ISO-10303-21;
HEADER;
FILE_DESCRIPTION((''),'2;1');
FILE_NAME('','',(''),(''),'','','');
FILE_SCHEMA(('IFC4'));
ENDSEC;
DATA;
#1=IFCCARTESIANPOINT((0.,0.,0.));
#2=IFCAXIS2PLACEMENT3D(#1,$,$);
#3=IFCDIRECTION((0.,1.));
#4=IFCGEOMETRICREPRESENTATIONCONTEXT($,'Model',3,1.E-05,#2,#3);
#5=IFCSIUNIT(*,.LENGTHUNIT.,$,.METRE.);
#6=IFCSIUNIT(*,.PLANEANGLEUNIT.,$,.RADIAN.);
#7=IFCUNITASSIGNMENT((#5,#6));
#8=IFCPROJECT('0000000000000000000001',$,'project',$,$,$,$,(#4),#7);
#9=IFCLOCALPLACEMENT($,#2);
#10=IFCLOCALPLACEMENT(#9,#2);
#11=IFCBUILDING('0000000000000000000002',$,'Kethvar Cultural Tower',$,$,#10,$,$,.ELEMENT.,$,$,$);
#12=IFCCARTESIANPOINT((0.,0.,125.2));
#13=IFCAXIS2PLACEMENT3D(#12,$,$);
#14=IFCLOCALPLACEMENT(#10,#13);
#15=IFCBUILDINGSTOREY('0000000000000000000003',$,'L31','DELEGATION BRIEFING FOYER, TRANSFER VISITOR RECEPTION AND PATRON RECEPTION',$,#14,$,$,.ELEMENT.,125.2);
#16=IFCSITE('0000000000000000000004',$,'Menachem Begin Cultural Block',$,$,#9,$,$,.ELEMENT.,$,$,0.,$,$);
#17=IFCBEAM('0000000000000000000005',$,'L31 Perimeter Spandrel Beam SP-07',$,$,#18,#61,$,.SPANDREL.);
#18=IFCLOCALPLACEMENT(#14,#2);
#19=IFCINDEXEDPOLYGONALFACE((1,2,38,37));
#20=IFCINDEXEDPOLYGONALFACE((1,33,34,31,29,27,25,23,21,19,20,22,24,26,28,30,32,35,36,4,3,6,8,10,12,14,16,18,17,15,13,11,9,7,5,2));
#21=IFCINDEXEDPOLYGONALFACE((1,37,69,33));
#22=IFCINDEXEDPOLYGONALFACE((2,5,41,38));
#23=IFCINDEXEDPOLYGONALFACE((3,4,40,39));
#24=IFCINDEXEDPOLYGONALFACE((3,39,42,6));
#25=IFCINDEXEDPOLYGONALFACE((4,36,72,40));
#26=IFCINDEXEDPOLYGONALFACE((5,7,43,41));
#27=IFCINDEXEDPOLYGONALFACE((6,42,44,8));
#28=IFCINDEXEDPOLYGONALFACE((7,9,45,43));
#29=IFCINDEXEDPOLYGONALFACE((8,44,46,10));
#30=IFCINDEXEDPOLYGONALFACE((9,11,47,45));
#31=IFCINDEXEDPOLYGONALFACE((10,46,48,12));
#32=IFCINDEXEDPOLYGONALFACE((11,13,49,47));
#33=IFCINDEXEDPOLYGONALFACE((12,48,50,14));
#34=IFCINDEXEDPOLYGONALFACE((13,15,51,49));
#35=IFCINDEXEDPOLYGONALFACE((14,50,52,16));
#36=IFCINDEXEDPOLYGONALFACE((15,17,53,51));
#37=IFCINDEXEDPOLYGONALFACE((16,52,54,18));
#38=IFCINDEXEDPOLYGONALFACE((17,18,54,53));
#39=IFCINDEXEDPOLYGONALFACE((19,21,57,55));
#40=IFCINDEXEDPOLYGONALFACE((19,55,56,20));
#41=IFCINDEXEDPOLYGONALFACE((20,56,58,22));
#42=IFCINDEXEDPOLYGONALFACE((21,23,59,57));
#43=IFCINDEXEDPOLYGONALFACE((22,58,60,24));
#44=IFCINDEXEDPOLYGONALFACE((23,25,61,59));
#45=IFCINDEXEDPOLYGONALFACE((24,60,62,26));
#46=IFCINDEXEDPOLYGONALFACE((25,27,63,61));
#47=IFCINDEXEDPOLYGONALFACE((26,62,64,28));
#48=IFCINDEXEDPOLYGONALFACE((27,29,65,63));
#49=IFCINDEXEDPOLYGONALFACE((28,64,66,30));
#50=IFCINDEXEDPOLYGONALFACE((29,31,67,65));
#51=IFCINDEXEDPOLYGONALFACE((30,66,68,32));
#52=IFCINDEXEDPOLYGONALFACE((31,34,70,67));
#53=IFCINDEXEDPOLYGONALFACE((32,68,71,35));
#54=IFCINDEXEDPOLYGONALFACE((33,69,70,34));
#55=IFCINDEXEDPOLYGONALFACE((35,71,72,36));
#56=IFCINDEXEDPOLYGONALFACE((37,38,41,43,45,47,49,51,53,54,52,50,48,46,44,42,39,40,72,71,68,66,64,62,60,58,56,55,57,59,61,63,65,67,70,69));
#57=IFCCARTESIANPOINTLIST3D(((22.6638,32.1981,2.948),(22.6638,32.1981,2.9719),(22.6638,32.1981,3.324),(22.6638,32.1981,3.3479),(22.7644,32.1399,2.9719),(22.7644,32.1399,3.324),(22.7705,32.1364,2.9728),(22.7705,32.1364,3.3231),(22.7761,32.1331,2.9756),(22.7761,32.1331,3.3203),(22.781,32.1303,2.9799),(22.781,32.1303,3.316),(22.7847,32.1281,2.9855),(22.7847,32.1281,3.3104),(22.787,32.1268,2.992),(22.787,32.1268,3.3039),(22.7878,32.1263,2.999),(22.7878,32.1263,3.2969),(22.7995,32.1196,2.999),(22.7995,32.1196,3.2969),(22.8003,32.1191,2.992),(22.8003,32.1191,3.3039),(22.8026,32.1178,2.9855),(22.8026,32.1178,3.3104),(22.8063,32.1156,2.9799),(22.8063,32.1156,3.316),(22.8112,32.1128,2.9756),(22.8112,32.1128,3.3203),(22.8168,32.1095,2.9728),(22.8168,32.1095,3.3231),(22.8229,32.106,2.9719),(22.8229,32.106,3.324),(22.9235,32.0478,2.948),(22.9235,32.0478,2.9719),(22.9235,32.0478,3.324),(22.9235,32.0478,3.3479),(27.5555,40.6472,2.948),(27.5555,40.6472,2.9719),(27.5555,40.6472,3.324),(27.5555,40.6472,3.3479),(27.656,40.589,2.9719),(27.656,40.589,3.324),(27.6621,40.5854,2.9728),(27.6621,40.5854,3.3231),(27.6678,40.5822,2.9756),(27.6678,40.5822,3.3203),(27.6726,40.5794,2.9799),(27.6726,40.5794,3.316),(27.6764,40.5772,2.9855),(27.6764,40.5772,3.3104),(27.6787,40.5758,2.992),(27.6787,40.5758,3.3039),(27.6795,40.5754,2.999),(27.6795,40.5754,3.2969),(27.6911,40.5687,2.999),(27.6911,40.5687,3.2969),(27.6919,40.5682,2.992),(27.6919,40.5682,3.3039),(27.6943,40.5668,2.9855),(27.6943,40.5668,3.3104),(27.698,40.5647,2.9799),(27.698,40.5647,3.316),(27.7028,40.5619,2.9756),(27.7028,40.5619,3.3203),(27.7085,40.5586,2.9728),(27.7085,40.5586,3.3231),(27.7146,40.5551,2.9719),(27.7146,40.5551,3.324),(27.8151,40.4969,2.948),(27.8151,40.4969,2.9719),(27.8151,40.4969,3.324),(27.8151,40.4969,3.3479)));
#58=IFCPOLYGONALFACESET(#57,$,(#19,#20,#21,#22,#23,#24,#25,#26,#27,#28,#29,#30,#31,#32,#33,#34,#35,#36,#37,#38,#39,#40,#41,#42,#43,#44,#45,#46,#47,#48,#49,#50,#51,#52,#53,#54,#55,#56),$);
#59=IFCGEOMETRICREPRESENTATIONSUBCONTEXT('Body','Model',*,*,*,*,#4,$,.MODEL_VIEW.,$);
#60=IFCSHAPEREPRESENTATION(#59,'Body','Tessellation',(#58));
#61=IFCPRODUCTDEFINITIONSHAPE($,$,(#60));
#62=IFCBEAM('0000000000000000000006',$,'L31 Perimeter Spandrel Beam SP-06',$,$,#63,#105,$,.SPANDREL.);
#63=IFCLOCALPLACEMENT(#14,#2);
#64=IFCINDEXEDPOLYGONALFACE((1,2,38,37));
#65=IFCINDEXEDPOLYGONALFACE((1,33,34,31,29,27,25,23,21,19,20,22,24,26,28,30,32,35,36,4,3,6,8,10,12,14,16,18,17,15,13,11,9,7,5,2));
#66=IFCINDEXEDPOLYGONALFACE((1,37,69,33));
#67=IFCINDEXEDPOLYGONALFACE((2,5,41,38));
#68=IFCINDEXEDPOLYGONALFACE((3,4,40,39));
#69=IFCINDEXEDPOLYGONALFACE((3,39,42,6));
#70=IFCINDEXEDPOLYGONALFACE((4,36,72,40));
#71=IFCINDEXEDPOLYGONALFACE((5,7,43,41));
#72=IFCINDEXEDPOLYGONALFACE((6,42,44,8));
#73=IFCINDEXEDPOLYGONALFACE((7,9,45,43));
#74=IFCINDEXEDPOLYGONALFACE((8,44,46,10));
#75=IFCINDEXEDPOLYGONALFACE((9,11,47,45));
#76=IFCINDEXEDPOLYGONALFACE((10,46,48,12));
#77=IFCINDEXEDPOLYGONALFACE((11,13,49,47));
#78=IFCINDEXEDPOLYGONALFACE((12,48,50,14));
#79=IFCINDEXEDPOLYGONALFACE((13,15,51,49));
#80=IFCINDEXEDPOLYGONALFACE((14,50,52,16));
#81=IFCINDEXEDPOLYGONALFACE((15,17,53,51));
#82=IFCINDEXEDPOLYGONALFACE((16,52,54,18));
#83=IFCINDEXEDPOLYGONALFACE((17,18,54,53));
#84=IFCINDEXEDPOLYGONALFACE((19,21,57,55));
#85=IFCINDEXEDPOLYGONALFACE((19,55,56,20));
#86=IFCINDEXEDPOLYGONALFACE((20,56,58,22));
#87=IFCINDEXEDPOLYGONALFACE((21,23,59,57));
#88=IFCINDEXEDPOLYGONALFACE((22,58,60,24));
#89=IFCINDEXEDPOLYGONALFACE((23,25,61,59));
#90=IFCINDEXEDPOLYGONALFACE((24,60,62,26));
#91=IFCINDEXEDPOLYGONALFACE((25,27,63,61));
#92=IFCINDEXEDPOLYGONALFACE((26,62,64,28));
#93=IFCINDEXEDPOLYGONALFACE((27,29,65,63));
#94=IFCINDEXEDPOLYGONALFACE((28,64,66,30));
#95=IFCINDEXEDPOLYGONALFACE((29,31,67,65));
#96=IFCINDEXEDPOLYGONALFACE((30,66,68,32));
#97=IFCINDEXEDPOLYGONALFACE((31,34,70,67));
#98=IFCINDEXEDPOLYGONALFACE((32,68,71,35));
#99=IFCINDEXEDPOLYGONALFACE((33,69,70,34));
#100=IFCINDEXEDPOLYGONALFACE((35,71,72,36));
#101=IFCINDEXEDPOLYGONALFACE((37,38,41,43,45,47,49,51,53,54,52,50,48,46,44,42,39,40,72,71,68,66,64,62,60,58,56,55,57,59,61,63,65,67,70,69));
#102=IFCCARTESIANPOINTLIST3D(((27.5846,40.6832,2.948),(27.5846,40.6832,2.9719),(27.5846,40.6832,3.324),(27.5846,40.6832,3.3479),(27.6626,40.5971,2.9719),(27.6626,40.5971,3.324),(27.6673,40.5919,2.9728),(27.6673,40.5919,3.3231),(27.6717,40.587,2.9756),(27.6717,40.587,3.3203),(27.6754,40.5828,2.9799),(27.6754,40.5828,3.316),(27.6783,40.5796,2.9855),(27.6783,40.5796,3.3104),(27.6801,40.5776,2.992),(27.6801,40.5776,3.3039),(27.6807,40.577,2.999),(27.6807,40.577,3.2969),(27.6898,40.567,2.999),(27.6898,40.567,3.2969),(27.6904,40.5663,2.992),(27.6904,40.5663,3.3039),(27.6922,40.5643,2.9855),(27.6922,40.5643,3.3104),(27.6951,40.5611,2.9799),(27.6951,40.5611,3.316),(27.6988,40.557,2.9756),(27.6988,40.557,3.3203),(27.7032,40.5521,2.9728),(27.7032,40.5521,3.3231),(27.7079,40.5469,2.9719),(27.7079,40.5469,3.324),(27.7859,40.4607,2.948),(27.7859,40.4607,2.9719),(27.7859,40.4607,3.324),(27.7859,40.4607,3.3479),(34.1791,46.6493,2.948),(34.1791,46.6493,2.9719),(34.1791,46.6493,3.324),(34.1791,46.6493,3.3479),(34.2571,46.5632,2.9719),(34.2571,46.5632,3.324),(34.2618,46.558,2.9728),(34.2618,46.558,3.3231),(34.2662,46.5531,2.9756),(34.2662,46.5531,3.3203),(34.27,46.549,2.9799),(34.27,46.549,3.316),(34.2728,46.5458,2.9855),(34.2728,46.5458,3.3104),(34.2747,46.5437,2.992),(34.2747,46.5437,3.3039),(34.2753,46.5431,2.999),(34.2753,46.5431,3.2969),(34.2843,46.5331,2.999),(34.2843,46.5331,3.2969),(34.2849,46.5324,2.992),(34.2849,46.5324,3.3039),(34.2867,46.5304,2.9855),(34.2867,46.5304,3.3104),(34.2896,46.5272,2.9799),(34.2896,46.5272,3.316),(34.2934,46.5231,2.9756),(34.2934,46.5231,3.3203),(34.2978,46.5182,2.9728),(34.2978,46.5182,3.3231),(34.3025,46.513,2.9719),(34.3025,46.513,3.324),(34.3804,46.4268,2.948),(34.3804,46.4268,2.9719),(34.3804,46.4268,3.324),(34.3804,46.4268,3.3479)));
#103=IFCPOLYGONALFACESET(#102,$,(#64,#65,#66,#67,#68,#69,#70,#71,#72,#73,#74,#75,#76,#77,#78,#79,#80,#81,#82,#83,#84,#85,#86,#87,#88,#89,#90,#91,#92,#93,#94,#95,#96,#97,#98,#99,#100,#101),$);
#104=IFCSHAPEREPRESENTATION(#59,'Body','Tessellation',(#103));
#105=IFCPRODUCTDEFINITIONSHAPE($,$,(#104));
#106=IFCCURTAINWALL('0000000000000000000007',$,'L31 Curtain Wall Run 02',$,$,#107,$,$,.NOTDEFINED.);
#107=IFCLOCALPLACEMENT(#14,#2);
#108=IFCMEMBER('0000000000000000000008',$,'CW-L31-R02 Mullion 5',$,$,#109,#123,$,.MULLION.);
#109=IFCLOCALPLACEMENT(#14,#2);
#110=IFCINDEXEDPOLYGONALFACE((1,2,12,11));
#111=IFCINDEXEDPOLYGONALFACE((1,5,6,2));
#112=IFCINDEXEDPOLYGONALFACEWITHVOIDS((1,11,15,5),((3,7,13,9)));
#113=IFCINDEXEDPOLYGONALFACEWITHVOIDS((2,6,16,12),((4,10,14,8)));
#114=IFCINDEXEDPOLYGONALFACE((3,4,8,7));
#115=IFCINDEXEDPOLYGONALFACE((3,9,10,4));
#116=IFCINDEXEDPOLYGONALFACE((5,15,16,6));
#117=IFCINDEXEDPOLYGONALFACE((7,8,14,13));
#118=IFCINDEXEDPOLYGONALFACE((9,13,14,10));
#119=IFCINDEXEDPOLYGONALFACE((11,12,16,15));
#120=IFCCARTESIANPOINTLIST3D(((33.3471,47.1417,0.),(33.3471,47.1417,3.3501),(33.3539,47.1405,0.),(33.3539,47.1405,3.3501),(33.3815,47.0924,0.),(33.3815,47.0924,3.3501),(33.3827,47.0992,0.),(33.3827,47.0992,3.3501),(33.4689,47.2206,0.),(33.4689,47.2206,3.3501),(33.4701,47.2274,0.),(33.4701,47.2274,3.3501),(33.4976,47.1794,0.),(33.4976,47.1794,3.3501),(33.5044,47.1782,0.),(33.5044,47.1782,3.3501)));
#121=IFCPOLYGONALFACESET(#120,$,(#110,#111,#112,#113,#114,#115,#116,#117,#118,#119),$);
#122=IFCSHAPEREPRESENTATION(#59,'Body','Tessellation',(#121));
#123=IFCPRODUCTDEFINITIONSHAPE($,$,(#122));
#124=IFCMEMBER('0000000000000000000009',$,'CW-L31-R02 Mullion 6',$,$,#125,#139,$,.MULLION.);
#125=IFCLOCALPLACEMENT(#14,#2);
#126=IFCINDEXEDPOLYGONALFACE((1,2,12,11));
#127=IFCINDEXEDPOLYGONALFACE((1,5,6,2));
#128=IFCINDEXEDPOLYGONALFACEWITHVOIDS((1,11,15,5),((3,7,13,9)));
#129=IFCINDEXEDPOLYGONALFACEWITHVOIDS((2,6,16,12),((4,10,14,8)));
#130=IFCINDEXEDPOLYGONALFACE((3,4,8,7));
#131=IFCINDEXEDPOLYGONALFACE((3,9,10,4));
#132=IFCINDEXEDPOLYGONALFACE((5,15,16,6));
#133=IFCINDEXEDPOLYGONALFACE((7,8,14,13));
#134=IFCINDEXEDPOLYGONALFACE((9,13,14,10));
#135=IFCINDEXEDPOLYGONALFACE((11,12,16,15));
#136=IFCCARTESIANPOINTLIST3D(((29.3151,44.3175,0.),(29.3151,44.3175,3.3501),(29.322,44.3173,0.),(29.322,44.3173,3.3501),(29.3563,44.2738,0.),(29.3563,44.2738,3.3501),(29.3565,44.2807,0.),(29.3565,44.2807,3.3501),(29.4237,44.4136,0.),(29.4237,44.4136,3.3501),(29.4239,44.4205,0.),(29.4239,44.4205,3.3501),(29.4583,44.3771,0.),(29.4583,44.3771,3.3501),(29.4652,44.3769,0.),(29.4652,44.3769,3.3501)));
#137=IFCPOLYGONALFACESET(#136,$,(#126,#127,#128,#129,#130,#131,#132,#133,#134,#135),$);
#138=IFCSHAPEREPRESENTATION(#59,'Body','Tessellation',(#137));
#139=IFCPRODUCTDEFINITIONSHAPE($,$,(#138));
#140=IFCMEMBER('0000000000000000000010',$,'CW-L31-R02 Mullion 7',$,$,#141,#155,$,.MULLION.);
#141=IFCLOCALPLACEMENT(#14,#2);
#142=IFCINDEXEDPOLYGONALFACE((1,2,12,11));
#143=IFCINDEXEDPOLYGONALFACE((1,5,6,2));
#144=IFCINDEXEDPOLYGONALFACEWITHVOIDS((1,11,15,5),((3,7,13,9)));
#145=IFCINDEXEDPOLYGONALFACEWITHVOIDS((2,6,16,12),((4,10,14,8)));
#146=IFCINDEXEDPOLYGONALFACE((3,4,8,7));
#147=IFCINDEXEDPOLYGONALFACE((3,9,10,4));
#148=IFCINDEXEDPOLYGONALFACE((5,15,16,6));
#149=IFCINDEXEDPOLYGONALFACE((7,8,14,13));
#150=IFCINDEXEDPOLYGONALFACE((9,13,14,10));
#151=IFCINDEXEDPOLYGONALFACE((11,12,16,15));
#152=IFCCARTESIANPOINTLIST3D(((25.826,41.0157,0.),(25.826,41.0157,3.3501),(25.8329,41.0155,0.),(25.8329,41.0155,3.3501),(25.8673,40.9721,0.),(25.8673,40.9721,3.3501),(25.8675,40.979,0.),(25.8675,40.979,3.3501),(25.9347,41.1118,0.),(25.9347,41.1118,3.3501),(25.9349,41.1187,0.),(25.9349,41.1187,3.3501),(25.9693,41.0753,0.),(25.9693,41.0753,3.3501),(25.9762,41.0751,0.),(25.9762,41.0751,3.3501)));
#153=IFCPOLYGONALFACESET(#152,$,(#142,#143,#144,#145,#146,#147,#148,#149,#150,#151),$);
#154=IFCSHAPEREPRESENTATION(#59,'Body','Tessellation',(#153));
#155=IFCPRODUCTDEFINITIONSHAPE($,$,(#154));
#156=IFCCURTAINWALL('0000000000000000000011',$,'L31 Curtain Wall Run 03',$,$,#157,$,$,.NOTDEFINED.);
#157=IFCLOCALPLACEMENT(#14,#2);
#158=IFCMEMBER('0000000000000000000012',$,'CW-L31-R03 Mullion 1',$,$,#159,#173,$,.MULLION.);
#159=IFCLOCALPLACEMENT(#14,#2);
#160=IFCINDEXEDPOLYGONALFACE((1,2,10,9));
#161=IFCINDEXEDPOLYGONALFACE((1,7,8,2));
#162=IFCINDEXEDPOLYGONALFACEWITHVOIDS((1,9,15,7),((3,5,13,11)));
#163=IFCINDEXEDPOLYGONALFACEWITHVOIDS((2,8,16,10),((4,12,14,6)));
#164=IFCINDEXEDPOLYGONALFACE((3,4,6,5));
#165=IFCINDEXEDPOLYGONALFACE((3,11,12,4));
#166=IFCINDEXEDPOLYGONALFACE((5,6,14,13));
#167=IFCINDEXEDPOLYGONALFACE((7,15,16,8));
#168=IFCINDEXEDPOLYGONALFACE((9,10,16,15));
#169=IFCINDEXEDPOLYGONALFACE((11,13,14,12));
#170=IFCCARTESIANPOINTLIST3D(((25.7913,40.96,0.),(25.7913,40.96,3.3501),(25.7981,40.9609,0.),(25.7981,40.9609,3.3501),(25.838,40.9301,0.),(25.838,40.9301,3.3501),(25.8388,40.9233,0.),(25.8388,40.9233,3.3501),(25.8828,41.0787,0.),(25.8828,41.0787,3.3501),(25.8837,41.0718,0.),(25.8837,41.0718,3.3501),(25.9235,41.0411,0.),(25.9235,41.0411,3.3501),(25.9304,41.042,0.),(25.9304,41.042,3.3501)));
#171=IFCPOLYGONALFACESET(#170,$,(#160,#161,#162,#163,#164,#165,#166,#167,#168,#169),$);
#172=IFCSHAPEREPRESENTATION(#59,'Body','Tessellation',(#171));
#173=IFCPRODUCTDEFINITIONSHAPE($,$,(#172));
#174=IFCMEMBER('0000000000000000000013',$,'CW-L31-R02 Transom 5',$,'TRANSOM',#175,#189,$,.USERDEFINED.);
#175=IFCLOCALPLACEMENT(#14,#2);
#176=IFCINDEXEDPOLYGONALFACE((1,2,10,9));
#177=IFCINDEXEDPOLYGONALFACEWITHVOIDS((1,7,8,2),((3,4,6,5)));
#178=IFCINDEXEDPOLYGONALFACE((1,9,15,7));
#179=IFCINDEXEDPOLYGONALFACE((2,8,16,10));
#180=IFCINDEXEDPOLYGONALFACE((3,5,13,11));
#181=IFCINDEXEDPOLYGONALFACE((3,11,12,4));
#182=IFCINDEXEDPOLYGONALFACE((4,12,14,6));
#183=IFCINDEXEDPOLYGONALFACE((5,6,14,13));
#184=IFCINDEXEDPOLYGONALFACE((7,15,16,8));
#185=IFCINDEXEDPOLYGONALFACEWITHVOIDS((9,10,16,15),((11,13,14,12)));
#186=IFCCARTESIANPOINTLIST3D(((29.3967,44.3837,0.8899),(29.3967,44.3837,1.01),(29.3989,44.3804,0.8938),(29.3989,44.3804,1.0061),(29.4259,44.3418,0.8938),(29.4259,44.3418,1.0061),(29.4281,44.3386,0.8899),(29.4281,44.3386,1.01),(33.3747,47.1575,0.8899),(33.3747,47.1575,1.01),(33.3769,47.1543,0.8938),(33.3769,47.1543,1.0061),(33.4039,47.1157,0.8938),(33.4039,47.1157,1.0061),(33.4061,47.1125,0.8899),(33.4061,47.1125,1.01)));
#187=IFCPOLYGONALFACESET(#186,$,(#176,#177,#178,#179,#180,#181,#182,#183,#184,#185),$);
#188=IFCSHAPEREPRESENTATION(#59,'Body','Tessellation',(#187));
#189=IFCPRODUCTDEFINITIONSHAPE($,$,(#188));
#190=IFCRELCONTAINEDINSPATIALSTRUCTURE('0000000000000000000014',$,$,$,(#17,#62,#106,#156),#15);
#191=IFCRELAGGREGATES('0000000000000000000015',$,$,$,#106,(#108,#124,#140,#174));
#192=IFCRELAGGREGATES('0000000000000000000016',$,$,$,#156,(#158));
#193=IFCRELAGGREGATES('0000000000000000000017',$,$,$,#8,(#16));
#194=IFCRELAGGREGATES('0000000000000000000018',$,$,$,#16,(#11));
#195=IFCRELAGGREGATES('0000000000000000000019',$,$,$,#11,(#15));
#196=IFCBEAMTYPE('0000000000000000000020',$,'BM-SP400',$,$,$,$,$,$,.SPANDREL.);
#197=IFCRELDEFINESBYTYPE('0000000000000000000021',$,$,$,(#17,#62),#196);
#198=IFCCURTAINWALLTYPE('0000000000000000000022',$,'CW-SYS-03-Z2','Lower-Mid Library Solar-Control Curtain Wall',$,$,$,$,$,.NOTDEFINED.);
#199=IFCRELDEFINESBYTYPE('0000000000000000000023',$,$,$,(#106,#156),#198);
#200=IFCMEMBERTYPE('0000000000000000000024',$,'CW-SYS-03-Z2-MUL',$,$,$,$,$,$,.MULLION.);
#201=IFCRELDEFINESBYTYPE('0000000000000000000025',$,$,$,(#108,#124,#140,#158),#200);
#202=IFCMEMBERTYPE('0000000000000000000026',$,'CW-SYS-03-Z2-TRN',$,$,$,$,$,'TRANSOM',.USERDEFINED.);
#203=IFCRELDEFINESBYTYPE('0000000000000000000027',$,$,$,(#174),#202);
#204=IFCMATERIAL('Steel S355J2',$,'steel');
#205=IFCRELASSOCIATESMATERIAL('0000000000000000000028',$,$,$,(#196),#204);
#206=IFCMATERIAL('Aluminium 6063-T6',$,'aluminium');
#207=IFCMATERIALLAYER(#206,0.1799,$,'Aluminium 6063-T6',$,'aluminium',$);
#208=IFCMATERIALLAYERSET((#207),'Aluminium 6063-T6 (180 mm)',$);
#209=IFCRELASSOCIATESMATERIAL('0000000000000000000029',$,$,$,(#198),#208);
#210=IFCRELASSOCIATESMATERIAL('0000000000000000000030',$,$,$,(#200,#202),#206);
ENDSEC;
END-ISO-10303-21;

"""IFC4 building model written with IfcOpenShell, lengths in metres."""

from ifc_helpers import new_model, si_unit, direction, frame, origin, origin_2d, place, context, subcontext, project, spatial, hollow_rectangle, i_section, extrude, source, transform, mapped, material, layer, layer_set, material_profile, profile_set, type_object, element, aggregate, save


model = new_model("IFC4")

# Units and contexts
model_context = context("Model", 3, precision=1e-05, world=origin(), true_north=direction((0.0, 1.0)))
body_context = subcontext(model_context, "Body", "Model", "MODEL_VIEW")
ifc_project = project(units=[si_unit("LENGTHUNIT", "METRE"), si_unit("PLANEANGLEUNIT", "RADIAN")], contexts=[model_context])

# Site, building, storey
site_placement = place(None, origin())
site = spatial("IfcSite", under=ifc_project, at=site_placement, Name="Menachem Begin Cultural Block", CompositionType="ELEMENT", RefElevation=0.0)
building_placement = place(site_placement, origin())
building = spatial("IfcBuilding", under=site, at=building_placement, Name="Kethvar Cultural Tower", CompositionType="ELEMENT")
storey_placement = place(building_placement, frame((0.0, 0.0, 125.2)))
storey = spatial("IfcBuildingStorey", under=building, at=storey_placement, Name="L31", Description="DELEGATION BRIEFING FOYER, TRANSFER VISITOR RECEPTION AND PATRON RECEPTION", CompositionType="ELEMENT", Elevation=125.2)

# Beams
ifc_material_1 = material(Name="Steel S355J2", Category="steel")
ifc_material_profile_1 = material_profile(ifc_material_1, i_section(OverallWidth=0.3, OverallDepth=0.3999, WebThickness=0.0134, FlangeThickness=0.0239, FilletRadius=0.0271, at=origin_2d()), Name="Steel S355J2 — HEB400")
ifc_profile_set_1 = profile_set([ifc_material_profile_1], Name="Steel S355J2 — HEB400")
beam_type_1 = type_object("IfcBeamType", Name="BM-SP400", PredefinedType="SPANDREL", material=ifc_profile_set_1)
shared_shape_1 = source(origin(), body_context, "Body", "SweptSolid", [
    extrude(i_section(OverallWidth=0.3, OverallDepth=0.3999, WebThickness=0.0134, FlangeThickness=0.0239, FilletRadius=0.0271, at=origin_2d()), origin(), (0.0, 0.0, 1.0), 9.7629),
])
beam_1_placement = place(storey_placement, frame((27.6853, 40.572, 3.1479), z_axis=(-0.501043, -0.865422, 0.0), x_axis=(0.865422, -0.501043, 0.0)))
element("IfcBeam", 1, at=beam_1_placement, inside=storey, type_object=beam_type_1, Name="L31 Perimeter Spandrel Beam SP-07", PredefinedType="SPANDREL", context=body_context, shape_type="MappedRepresentation", body=[
    mapped(shared_shape_1, transform((0.0, 0.0, 0.0), scale=1.0)),
])
shared_shape_2 = source(origin(), body_context, "Body", "SweptSolid", [
    extrude(i_section(OverallWidth=0.3, OverallDepth=0.3999, WebThickness=0.0134, FlangeThickness=0.0239, FilletRadius=0.0271, at=origin_2d()), origin(), (0.0, 0.0, 1.0), 8.8928),
])
beam_2_placement = place(storey_placement, frame((34.2798, 46.5381, 3.1479), z_axis=(-0.741557, -0.67089, 0.0), x_axis=(0.67089, -0.741557, 0.0)))
element("IfcBeam", 2, at=beam_2_placement, inside=storey, type_object=beam_type_1, Name="L31 Perimeter Spandrel Beam SP-06", PredefinedType="SPANDREL", context=body_context, shape_type="MappedRepresentation", body=[
    mapped(shared_shape_2, transform((0.0, 0.0, 0.0), scale=1.0)),
])

# Curtain wall, members
ifc_material_2 = material(Name="Aluminium 6063-T6", Category="aluminium")
ifc_layer_1 = layer(ifc_material_2, 0.1799, Name="Aluminium 6063-T6", Category="aluminium")
ifc_layer_set_1 = layer_set([ifc_layer_1], Name="Aluminium 6063-T6 (180 mm)")
curtain_wall_type = type_object("IfcCurtainWallType", Name="CW-SYS-03-Z2", Description="Lower-Mid Library Solar-Control Curtain Wall", PredefinedType="NOTDEFINED", material=ifc_layer_set_1)
curtain_wall_1_placement = place(storey_placement, origin())
curtain_wall_1 = element("IfcCurtainWall", 3, at=curtain_wall_1_placement, inside=storey, type_object=curtain_wall_type, Name="L31 Curtain Wall Run 02", PredefinedType="NOTDEFINED")
ifc_material_profile_2 = material_profile(ifc_material_2, hollow_rectangle(XDim=0.0601, YDim=0.1499, WallThickness=0.0049, at=origin_2d()), Name="Aluminium 6063-T6 — RHS150x60x5")
ifc_profile_set_2 = profile_set([ifc_material_profile_2], Name="Aluminium 6063-T6 — RHS150x60x5")
member_type_1 = type_object("IfcMemberType", Name="CW-SYS-03-Z2-MUL", PredefinedType="MULLION", material=ifc_profile_set_2)
shared_shape_3 = source(origin(), body_context, "Body", "SweptSolid", [
    extrude(hollow_rectangle(XDim=0.0601, YDim=0.1499, WallThickness=0.0049, at=origin_2d()), origin(), (0.0, 0.0, 1.0), 3.3501),
])
member_1_placement = place(storey_placement, frame((33.4258, 47.1599, 0.0), z_axis=(0.0, 0.0, 1.0), x_axis=(0.572003, -0.820252, 0.0)))
member_1 = element("IfcMember", 4, at=member_1_placement, type_object=member_type_1, Name="CW-L31-R02 Mullion 5", PredefinedType="MULLION", context=body_context, shape_type="MappedRepresentation", body=[
    mapped(shared_shape_3, transform((0.0, 0.0, 0.0), scale=1.0)),
])
member_2_placement = place(storey_placement, frame((29.3901, 44.3472, 0.0), z_axis=(0.0, 0.0, 1.0), x_axis=(0.687328, -0.726347, 0.0)))
member_2 = element("IfcMember", 5, at=member_2_placement, type_object=member_type_1, Name="CW-L31-R02 Mullion 6", PredefinedType="MULLION", context=body_context, shape_type="MappedRepresentation", body=[
    mapped(shared_shape_3, transform((0.0, 0.0, 0.0), scale=1.0)),
])
member_3_placement = place(storey_placement, frame((25.9011, 41.0454, 0.0), z_axis=(0.0, 0.0, 1.0), x_axis=(0.687328, -0.726347, 0.0)))
member_3 = element("IfcMember", 6, at=member_3_placement, type_object=member_type_1, Name="CW-L31-R02 Mullion 7", PredefinedType="MULLION", context=body_context, shape_type="MappedRepresentation", body=[
    mapped(shared_shape_3, transform((0.0, 0.0, 0.0), scale=1.0)),
])

# Curtain wall, member
curtain_wall_2_placement = place(storey_placement, origin())
curtain_wall_2 = element("IfcCurtainWall", 7, at=curtain_wall_2_placement, inside=storey, type_object=curtain_wall_type, Name="L31 Curtain Wall Run 03", PredefinedType="NOTDEFINED")
member_4_placement = place(storey_placement, frame((25.8608, 41.001, 0.0), z_axis=(0.0, 0.0, 1.0), x_axis=(0.791821, -0.610753, 0.0)))
member_4 = element("IfcMember", 8, at=member_4_placement, type_object=member_type_1, Name="CW-L31-R03 Mullion 1", PredefinedType="MULLION", context=body_context, shape_type="MappedRepresentation", body=[
    mapped(shared_shape_3, transform((0.0, 0.0, 0.0), scale=1.0)),
])

# Member
ifc_material_profile_3 = material_profile(ifc_material_2, hollow_rectangle(XDim=0.0549, YDim=0.1201, WallThickness=0.0039, at=origin_2d()), Name="Aluminium 6063-T6 — RHS120x55x4")
ifc_profile_set_3 = profile_set([ifc_material_profile_3], Name="Aluminium 6063-T6 — RHS120x55x4")
member_type_2 = type_object("IfcMemberType", Name="CW-SYS-03-Z2-TRN", ElementType="TRANSOM", PredefinedType="USERDEFINED", material=ifc_profile_set_3)
shared_shape_4 = source(origin(), body_context, "Body", "SweptSolid", [
    extrude(hollow_rectangle(XDim=0.0549, YDim=0.1201, WallThickness=0.0039, at=origin_2d()), origin(), (0.0, 0.0, 1.0), 4.8496),
])
member_5_placement = place(storey_placement, frame((33.3904, 47.135, 0.95), z_axis=(-0.820266, -0.571982, 0.0), x_axis=(0.571982, -0.820266, 0.0)))
member_5 = element("IfcMember", 9, at=member_5_placement, type_object=member_type_2, Name="CW-L31-R02 Transom 5", ObjectType="TRANSOM", PredefinedType="USERDEFINED", context=body_context, shape_type="MappedRepresentation", body=[
    mapped(shared_shape_4, transform((0.0, 0.0, 0.0), scale=1.0)),
])

aggregate(curtain_wall_1, [member_1, member_2, member_3, member_5])
aggregate(curtain_wall_2, [member_4])

save(model, "model.ifc")
